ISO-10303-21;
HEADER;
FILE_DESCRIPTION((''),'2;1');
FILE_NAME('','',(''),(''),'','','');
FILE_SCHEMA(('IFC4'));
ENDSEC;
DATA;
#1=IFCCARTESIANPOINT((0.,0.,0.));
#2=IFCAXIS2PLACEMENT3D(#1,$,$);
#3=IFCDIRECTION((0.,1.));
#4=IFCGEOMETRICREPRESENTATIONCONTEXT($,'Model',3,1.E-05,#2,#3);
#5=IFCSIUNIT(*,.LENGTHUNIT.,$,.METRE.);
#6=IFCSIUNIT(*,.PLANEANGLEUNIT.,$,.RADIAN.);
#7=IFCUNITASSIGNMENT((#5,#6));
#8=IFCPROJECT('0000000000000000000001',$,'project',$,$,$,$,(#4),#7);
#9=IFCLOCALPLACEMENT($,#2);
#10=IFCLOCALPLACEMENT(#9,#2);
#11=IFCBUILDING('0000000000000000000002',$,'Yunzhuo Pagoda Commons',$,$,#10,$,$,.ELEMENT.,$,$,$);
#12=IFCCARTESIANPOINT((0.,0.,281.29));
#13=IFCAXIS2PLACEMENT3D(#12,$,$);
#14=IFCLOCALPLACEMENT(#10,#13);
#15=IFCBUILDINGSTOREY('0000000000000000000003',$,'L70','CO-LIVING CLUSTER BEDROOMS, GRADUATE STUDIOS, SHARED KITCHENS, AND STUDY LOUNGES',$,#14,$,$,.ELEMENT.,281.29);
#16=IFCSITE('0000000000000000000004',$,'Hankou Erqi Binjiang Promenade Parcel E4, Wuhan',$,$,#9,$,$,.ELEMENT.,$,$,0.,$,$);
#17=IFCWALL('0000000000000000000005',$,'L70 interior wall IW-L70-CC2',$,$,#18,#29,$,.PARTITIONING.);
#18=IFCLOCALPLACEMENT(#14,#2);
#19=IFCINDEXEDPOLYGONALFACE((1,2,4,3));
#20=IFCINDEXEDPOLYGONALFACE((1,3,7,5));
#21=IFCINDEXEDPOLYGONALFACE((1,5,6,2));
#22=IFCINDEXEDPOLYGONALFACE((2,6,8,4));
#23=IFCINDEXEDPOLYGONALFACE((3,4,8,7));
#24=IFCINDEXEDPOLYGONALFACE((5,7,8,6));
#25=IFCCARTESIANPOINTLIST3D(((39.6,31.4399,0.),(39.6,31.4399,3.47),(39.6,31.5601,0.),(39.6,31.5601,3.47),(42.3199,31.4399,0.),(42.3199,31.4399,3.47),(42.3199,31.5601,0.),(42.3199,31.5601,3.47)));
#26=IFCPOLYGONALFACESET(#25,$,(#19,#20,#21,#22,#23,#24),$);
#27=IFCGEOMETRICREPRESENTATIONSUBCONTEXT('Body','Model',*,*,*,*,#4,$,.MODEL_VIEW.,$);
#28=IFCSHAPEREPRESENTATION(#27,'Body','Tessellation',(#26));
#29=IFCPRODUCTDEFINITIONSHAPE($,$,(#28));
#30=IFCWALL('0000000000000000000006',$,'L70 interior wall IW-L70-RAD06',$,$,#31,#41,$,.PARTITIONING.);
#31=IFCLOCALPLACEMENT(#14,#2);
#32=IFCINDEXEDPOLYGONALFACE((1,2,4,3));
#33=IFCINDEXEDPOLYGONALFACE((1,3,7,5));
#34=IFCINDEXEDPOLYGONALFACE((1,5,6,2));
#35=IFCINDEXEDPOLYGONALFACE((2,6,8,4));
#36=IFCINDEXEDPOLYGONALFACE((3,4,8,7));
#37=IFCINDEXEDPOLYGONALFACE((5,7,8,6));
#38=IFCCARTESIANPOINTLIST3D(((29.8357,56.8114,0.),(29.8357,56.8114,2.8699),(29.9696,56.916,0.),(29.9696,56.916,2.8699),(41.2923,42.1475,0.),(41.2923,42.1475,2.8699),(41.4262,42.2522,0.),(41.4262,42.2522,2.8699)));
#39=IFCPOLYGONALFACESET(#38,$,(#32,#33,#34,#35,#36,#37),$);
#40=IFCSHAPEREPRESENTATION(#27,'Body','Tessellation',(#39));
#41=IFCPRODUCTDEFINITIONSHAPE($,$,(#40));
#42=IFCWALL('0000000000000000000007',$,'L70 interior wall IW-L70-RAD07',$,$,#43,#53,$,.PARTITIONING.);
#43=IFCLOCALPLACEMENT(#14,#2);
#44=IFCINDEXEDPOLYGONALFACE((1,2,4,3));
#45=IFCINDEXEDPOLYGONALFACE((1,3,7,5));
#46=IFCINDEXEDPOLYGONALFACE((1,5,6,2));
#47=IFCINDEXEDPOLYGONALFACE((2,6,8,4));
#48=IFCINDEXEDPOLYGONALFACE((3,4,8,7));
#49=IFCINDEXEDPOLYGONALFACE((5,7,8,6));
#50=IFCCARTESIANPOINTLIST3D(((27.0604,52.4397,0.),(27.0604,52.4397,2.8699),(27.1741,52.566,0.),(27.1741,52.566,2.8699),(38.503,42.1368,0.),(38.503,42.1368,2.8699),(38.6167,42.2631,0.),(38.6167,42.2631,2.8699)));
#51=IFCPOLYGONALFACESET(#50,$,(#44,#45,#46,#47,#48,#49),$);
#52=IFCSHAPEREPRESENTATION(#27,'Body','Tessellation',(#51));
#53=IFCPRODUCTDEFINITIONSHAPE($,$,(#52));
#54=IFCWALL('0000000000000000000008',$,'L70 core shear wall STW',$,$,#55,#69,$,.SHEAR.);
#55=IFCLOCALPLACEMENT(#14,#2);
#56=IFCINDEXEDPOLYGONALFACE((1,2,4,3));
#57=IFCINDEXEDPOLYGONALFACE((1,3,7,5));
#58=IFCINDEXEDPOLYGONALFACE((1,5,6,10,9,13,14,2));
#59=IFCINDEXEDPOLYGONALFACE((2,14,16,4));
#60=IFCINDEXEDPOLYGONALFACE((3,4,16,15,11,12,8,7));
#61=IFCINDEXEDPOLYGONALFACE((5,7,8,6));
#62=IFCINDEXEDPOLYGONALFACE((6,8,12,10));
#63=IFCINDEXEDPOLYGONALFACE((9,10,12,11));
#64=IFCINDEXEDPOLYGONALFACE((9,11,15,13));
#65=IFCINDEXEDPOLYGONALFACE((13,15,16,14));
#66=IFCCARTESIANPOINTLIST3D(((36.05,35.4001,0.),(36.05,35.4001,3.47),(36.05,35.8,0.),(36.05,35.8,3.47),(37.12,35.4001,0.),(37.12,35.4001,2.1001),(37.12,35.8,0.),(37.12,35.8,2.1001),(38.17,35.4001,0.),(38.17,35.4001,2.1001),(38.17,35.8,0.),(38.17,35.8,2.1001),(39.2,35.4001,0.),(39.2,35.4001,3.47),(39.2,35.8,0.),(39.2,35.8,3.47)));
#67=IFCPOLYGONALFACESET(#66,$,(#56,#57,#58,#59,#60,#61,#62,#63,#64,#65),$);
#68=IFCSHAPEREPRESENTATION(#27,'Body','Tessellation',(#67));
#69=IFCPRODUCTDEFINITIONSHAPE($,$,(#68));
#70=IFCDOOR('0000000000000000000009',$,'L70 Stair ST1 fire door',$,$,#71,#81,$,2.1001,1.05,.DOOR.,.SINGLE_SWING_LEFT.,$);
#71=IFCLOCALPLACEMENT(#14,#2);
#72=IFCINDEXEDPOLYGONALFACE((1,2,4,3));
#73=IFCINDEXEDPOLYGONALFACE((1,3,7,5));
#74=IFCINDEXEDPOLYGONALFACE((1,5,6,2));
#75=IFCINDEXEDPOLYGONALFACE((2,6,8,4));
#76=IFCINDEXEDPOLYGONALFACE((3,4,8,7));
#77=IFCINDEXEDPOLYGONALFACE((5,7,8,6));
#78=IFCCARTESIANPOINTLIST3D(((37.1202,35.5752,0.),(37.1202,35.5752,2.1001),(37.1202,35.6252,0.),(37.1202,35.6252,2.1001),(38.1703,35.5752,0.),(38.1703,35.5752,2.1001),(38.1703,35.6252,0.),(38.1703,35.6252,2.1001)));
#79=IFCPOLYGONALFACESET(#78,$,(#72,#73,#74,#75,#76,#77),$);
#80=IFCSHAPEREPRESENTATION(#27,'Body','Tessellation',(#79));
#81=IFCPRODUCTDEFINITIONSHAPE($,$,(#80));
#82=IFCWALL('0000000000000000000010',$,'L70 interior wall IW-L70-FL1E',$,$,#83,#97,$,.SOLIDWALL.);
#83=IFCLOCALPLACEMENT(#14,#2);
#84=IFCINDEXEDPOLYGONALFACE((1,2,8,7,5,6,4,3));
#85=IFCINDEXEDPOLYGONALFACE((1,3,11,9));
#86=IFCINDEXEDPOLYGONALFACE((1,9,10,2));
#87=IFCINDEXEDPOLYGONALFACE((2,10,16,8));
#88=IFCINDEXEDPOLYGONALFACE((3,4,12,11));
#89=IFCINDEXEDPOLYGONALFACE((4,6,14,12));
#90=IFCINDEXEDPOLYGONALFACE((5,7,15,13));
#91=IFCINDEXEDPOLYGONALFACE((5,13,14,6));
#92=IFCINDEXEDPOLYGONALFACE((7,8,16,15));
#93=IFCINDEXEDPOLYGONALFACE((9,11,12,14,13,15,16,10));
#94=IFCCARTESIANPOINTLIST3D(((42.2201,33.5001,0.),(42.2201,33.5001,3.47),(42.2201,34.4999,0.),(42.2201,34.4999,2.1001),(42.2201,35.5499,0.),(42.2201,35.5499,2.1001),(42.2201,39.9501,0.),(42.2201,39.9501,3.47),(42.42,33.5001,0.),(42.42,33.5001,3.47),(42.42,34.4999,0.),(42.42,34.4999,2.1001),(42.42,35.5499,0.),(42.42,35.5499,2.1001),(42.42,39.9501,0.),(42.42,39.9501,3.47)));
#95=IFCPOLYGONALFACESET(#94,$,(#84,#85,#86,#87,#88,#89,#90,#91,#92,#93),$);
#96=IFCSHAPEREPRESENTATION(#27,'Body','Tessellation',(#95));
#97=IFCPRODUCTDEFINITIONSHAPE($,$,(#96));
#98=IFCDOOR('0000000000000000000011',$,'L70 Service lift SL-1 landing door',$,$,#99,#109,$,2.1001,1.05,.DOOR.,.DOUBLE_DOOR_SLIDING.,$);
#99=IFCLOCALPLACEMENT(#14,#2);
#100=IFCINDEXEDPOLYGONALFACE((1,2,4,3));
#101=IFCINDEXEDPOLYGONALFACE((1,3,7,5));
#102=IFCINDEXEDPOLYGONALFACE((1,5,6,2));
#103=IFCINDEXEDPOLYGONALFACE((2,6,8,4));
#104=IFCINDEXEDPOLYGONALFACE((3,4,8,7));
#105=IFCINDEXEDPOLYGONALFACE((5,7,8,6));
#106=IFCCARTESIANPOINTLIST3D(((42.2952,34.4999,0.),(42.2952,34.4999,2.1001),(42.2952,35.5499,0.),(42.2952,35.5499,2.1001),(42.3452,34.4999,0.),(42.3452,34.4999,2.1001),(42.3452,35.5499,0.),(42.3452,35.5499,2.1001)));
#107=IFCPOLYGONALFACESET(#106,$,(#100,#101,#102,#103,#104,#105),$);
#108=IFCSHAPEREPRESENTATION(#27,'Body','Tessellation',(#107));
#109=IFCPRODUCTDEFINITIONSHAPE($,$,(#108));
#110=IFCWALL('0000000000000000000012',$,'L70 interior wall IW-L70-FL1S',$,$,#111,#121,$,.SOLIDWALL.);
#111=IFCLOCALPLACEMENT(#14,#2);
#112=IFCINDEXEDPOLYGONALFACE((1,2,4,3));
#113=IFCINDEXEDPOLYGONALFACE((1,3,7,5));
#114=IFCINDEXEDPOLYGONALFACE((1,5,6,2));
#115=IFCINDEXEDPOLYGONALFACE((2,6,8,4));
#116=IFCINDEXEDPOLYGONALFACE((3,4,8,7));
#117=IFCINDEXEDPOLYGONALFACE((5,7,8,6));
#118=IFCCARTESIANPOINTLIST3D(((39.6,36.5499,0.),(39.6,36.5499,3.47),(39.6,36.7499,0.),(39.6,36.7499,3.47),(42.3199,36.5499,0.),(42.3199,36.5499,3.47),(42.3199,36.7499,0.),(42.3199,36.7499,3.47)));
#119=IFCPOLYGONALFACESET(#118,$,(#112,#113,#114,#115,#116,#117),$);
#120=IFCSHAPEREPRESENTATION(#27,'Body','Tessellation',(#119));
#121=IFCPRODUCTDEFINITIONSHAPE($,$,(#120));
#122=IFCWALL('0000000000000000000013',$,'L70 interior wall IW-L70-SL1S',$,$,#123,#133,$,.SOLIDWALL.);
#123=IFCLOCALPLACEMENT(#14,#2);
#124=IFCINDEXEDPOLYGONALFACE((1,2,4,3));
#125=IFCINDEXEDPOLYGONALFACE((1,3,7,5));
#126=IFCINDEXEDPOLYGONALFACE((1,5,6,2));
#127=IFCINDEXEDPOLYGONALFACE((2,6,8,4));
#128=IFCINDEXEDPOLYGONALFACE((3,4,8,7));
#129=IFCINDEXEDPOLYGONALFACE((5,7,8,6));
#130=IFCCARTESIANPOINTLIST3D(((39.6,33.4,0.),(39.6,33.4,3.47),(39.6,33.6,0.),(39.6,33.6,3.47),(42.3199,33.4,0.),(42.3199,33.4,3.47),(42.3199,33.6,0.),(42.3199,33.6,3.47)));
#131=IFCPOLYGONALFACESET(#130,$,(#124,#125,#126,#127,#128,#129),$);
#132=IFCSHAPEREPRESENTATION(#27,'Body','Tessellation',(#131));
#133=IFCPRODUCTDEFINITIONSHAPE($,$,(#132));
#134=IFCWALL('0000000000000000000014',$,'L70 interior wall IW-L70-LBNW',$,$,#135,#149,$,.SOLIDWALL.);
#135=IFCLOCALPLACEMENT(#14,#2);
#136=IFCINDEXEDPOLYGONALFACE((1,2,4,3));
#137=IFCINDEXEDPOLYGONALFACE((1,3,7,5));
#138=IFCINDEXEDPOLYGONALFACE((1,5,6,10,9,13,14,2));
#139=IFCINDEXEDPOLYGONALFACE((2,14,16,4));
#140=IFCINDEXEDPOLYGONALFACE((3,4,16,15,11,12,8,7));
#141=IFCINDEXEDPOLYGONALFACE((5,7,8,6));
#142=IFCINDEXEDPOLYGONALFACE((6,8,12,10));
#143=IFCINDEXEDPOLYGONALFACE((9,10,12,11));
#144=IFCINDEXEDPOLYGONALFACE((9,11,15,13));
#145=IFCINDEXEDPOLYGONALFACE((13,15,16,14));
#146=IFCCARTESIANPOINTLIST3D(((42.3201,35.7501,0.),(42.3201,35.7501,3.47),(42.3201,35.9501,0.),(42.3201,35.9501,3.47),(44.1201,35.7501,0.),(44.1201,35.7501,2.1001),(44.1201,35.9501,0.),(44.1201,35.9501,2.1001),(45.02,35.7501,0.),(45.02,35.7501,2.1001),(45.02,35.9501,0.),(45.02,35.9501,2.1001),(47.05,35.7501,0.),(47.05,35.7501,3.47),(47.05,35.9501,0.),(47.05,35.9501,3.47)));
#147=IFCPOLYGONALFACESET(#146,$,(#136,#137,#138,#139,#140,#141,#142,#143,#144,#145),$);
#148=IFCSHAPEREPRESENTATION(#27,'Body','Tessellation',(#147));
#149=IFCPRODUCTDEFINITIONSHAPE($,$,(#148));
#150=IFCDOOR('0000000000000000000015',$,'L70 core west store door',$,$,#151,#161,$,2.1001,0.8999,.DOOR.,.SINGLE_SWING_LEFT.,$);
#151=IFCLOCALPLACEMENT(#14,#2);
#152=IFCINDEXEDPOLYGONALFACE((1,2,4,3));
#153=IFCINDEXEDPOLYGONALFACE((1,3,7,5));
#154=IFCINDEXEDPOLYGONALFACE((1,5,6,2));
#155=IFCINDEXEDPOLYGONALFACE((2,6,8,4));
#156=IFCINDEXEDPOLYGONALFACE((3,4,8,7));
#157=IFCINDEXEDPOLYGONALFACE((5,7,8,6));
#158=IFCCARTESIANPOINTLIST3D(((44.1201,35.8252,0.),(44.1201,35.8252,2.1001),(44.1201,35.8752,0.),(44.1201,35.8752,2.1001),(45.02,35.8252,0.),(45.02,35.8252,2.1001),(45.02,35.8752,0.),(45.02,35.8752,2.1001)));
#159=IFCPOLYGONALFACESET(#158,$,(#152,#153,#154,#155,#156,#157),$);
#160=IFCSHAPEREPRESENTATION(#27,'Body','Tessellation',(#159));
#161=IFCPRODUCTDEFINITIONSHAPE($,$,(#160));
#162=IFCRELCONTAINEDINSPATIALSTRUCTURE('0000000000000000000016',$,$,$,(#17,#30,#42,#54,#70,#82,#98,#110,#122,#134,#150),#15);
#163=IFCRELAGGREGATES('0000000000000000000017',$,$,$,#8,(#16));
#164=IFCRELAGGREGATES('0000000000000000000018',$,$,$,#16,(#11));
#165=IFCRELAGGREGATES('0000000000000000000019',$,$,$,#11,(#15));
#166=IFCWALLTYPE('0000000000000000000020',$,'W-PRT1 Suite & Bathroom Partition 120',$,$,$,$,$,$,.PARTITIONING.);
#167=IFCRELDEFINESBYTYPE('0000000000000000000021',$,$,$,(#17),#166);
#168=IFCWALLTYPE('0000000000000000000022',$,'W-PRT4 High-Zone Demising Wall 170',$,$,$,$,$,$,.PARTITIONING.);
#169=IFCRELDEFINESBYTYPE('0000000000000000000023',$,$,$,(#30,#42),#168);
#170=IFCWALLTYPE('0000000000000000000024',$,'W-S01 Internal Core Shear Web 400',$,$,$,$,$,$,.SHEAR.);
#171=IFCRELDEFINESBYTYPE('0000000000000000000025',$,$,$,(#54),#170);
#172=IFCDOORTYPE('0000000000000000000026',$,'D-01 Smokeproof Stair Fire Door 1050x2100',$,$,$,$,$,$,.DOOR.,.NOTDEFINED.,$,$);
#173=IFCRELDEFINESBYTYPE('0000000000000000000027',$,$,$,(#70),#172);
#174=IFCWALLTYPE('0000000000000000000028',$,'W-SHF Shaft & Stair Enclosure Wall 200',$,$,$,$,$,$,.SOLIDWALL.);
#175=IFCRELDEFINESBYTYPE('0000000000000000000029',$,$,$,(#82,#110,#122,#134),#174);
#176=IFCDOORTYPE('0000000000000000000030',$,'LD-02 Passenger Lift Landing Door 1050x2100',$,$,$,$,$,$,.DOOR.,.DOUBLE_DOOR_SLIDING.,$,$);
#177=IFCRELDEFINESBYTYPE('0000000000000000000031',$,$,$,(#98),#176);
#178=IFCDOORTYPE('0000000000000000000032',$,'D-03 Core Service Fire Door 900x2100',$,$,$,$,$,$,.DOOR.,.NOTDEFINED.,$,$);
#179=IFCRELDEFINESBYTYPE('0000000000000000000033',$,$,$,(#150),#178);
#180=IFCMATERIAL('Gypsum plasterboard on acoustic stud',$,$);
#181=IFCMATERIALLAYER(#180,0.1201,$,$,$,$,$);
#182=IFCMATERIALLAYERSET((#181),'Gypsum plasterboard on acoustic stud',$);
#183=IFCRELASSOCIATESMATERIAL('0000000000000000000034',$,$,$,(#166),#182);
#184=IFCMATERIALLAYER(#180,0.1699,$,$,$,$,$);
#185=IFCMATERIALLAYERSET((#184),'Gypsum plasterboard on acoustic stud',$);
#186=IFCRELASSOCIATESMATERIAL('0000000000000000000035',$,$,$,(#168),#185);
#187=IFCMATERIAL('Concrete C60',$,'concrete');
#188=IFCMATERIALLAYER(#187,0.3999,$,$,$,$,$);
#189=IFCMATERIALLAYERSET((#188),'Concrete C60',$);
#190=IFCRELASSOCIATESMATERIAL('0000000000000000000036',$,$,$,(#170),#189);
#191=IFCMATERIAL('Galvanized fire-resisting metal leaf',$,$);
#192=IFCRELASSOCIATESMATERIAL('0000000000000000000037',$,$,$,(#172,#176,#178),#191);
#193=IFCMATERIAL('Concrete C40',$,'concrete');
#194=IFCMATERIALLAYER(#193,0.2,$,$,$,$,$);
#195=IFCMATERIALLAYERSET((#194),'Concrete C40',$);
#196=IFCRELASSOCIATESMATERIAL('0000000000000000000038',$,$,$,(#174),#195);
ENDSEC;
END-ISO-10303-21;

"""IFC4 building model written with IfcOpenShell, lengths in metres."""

from ifc_helpers import new_model, si_unit, direction, frame, frame_2d, origin, origin_with_axes, place, context, subcontext, project, spatial, rectangle, extrude, source, transform, mapped, material, layer, layer_set, type_object, element, fill, save


model = new_model("IFC4")

# Units and contexts
model_context = context("Model", 3, precision=1e-05, world=origin(), true_north=direction((0.0, 1.0)))
body_context = subcontext(model_context, "Body", "Model", "MODEL_VIEW")
ifc_project = project(units=[si_unit("LENGTHUNIT", "METRE"), si_unit("PLANEANGLEUNIT", "RADIAN")], contexts=[model_context])

# Site, building, storey
site_placement = place(None, origin())
site = spatial("IfcSite", under=ifc_project, at=site_placement, Name="Hankou Erqi Binjiang Promenade Parcel E4, Wuhan", CompositionType="ELEMENT", RefElevation=0.0)
building_placement = place(site_placement, origin())
building = spatial("IfcBuilding", under=site, at=building_placement, Name="Yunzhuo Pagoda Commons", CompositionType="ELEMENT")
storey_placement = place(building_placement, frame((0.0, 0.0, 281.29)))
storey = spatial("IfcBuildingStorey", under=building, at=storey_placement, Name="L70", Description="CO-LIVING CLUSTER BEDROOMS, GRADUATE STUDIOS, SHARED KITCHENS, AND STUDY LOUNGES", CompositionType="ELEMENT", Elevation=281.29)

# Shared definitions
ifc_material_1 = material(Name="Gypsum plasterboard on acoustic stud")

# Shared definitions
ifc_material_2 = material(Name="Galvanized fire-resisting metal leaf")

# Walls
ifc_layer_1 = layer(ifc_material_1, 0.1201)
ifc_layer_set_1 = layer_set([ifc_layer_1], Name="Gypsum plasterboard on acoustic stud")
wall_type_1 = type_object("IfcWallType", Name="W-PRT1 Suite & Bathroom Partition 120", PredefinedType="PARTITIONING", material=ifc_layer_set_1)
wall_1_placement = place(storey_placement, frame((39.6001, 31.5, 0.0), z_axis=(0.0, 0.0, 1.0), x_axis=(1.0, 0.0, 0.0)))
element("IfcWall", 1, at=wall_1_placement, inside=storey, type_object=wall_type_1, Name="L70 interior wall IW-L70-CC2", PredefinedType="PARTITIONING", context=body_context, shape_type="SweptSolid", body=[
    extrude(rectangle(XDim=2.72, YDim=0.1201, at=frame_2d((1.3599, 0.0))), origin(), (0.0, 0.0, 1.0), 3.47),
])
ifc_layer_2 = layer(ifc_material_1, 0.1699)
ifc_layer_set_2 = layer_set([ifc_layer_2], Name="Gypsum plasterboard on acoustic stud")
wall_type_2 = type_object("IfcWallType", Name="W-PRT4 High-Zone Demising Wall 170", PredefinedType="PARTITIONING", material=ifc_layer_set_2)
wall_2_placement = place(storey_placement, frame((41.3591, 42.2, 0.0), z_axis=(0.0, 0.0, 1.0), x_axis=(-0.615659, 0.788013, 0.0)))
element("IfcWall", 2, at=wall_2_placement, inside=storey, type_object=wall_type_2, Name="L70 interior wall IW-L70-RAD06", PredefinedType="PARTITIONING", context=body_context, shape_type="SweptSolid", body=[
    extrude(rectangle(XDim=18.6086, YDim=0.1699, at=frame_2d((9.3042, 0.0))), origin(), (0.0, 0.0, 1.0), 2.8699),
])
wall_3_placement = place(storey_placement, frame((38.5598, 42.2, 0.0), z_axis=(0.0, 0.0, 1.0), x_axis=(-0.743145, 0.66913, 0.0)))
element("IfcWall", 3, at=wall_3_placement, inside=storey, type_object=wall_type_2, Name="L70 interior wall IW-L70-RAD07", PredefinedType="PARTITIONING", context=body_context, shape_type="SweptSolid", body=[
    extrude(rectangle(XDim=15.3975, YDim=0.1699, at=frame_2d((7.6987, 0.0))), origin(), (0.0, 0.0, 1.0), 2.8699),
])

# Walls, openings, doors
ifc_material_3 = material(Name="Concrete C60", Category="concrete")
ifc_layer_3 = layer(ifc_material_3, 0.3999)
ifc_layer_set_3 = layer_set([ifc_layer_3], Name="Concrete C60")
wall_type_3 = type_object("IfcWallType", Name="W-S01 Internal Core Shear Web 400", PredefinedType="SHEAR", material=ifc_layer_set_3)
wall_4_placement = place(storey_placement, frame((36.05, 35.6001, 0.0), z_axis=(0.0, 0.0, 1.0), x_axis=(1.0, 0.0, 0.0)))
wall_4 = element("IfcWall", 4, at=wall_4_placement, inside=storey, type_object=wall_type_3, Name="L70 core shear wall STW", PredefinedType="SHEAR", context=body_context, shape_type="SweptSolid", body=[
    extrude(rectangle(XDim=3.1499, YDim=0.3999, at=frame_2d((1.575, 0.0))), origin(), (0.0, 0.0, 1.0), 3.47),
])
opening_1_placement = place(wall_4_placement, frame((1.0701, 0.0, 0.0)))
opening_1 = element("IfcOpeningElement", 5, at=opening_1_placement, cuts=wall_4, PredefinedType="OPENING", context=body_context, shape_type="SweptSolid", body=[
    extrude(rectangle(XDim=1.05, YDim=2.1001, at=frame_2d((0.5249, 1.05))), frame((0.0, 0.21, 0.0), z_axis=(0.0, -1.0, 0.0), x_axis=(1.0, 0.0, 0.0)), (0.0, 0.0, 1.0), 0.4199),
])
door_type_1 = type_object("IfcDoorType", Name="D-01 Smokeproof Stair Fire Door 1050x2100", OperationType="NOTDEFINED", PredefinedType="DOOR", material=ifc_material_2)
shared_shape_1 = source(origin(), body_context, "Body", "SweptSolid", [
    extrude(rectangle(XDim=1.05, YDim=2.1001, at=frame_2d((0.5249, 1.05))), frame((0.0, 0.0249, 0.0), z_axis=(0.0, -1.0, 0.0), x_axis=(1.0, 0.0, 0.0)), (0.0, 0.0, 1.0), 0.05),
])
door_1_placement = place(opening_1_placement, frame((1.05, 0.0, 0.0), z_axis=(0.0, 0.0, 1.0), x_axis=(-1.0, 0.0, 0.0)))
door_1 = element("IfcDoor", 6, at=door_1_placement, inside=storey, type_object=door_type_1, Name="L70 Stair ST1 fire door", OperationType="SINGLE_SWING_LEFT", OverallHeight=2.1001, OverallWidth=1.05, PredefinedType="DOOR", context=body_context, shape_type="MappedRepresentation", body=[
    mapped(shared_shape_1, transform((0.0, 0.0, 0.0), scale=1.0)),
])
fill(opening_1, door_1)
ifc_material_4 = material(Name="Concrete C40", Category="concrete")
ifc_layer_4 = layer(ifc_material_4, 0.2)
ifc_layer_set_4 = layer_set([ifc_layer_4], Name="Concrete C40")
wall_type_4 = type_object("IfcWallType", Name="W-SHF Shaft & Stair Enclosure Wall 200", PredefinedType="SOLIDWALL", material=ifc_layer_set_4)
wall_5_placement = place(storey_placement, frame((42.3201, 33.5, 0.0), z_axis=(0.0, 0.0, 1.0), x_axis=(0.0, 1.0, 0.0)))
wall_5 = element("IfcWall", 7, at=wall_5_placement, inside=storey, type_object=wall_type_4, Name="L70 interior wall IW-L70-FL1E", PredefinedType="SOLIDWALL", context=body_context, shape_type="SweptSolid", body=[
    extrude(rectangle(XDim=6.45, YDim=0.2, at=frame_2d((3.2251, 0.0))), origin(), (0.0, 0.0, 1.0), 3.47),
])
opening_2_placement = place(wall_5_placement, frame((1.0, 0.0, 0.0)))
opening_2 = element("IfcOpeningElement", 8, at=opening_2_placement, cuts=wall_5, PredefinedType="OPENING", context=body_context, shape_type="SweptSolid", body=[
    extrude(rectangle(XDim=1.05, YDim=2.1001, at=frame_2d((0.5249, 1.05))), frame((0.0, 0.1099, 0.0), z_axis=(0.0, -1.0, 0.0), x_axis=(1.0, 0.0, 0.0)), (0.0, 0.0, 1.0), 0.22),
])
door_type_2 = type_object("IfcDoorType", Name="LD-02 Passenger Lift Landing Door 1050x2100", OperationType="DOUBLE_DOOR_SLIDING", PredefinedType="DOOR", material=ifc_material_2)
door_2_placement = place(opening_2_placement, origin_with_axes())
door_2 = element("IfcDoor", 9, at=door_2_placement, inside=storey, type_object=door_type_2, Name="L70 Service lift SL-1 landing door", OperationType="DOUBLE_DOOR_SLIDING", OverallHeight=2.1001, OverallWidth=1.05, PredefinedType="DOOR", context=body_context, shape_type="MappedRepresentation", body=[
    mapped(shared_shape_1, transform((0.0, 0.0, 0.0), scale=1.0)),
])
fill(opening_2, door_2)

# Walls
for number, where, z_axis, x_axis, name in (
    (10, (39.6001, 36.6499, 0.0), (0.0, 0.0, 1.0), (1.0, 0.0, 0.0), "L70 interior wall IW-L70-FL1S"),
    (11, (39.6001, 33.5, 0.0), (0.0, 0.0, 1.0), (1.0, 0.0, 0.0), "L70 interior wall IW-L70-SL1S"),
):
    element("IfcWall", number, at=place(storey_placement, frame(where, z_axis=z_axis, x_axis=x_axis)), inside=storey, type_object=wall_type_4, Name=name, PredefinedType="SOLIDWALL", context=body_context, shape_type="SweptSolid", body=[
        extrude(rectangle(XDim=2.72, YDim=0.2, at=frame_2d((1.3599, 0.0))), origin(), (0.0, 0.0, 1.0), 3.47),
    ])

# Wall, opening, door
wall_6_placement = place(storey_placement, frame((42.3201, 35.8501, 0.0), z_axis=(0.0, 0.0, 1.0), x_axis=(1.0, 0.0, 0.0)))
wall_6 = element("IfcWall", 12, at=wall_6_placement, inside=storey, type_object=wall_type_4, Name="L70 interior wall IW-L70-LBNW", PredefinedType="SOLIDWALL", context=body_context, shape_type="SweptSolid", body=[
    extrude(rectangle(XDim=4.73, YDim=0.2, at=frame_2d((2.365, 0.0))), origin(), (0.0, 0.0, 1.0), 3.47),
])
opening_3_placement = place(wall_6_placement, frame((1.8, 0.0, 0.0)))
opening_3 = element("IfcOpeningElement", 13, at=opening_3_placement, cuts=wall_6, PredefinedType="OPENING", context=body_context, shape_type="SweptSolid", body=[
    extrude(rectangle(XDim=0.8999, YDim=2.1001, at=frame_2d((0.45, 1.05))), frame((0.0, 0.1099, 0.0), z_axis=(0.0, -1.0, 0.0), x_axis=(1.0, 0.0, 0.0)), (0.0, 0.0, 1.0), 0.22),
])
door_type_3 = type_object("IfcDoorType", Name="D-03 Core Service Fire Door 900x2100", OperationType="NOTDEFINED", PredefinedType="DOOR", material=ifc_material_2)
shared_shape_2 = source(origin(), body_context, "Body", "SweptSolid", [
    extrude(rectangle(XDim=0.8999, YDim=2.1001, at=frame_2d((0.45, 1.05))), frame((0.0, 0.0249, 0.0), z_axis=(0.0, -1.0, 0.0), x_axis=(1.0, 0.0, 0.0)), (0.0, 0.0, 1.0), 0.05),
])
door_3_placement = place(opening_3_placement, frame((0.8999, 0.0, 0.0), z_axis=(0.0, 0.0, 1.0), x_axis=(-1.0, 0.0, 0.0)))
door_3 = element("IfcDoor", 14, at=door_3_placement, inside=storey, type_object=door_type_3, Name="L70 core west store door", OperationType="SINGLE_SWING_LEFT", OverallHeight=2.1001, OverallWidth=0.8999, PredefinedType="DOOR", context=body_context, shape_type="MappedRepresentation", body=[
    mapped(shared_shape_2, transform((0.0, 0.0, 0.0), scale=1.0)),
])
fill(opening_3, door_3)

save(model, "model.ifc")
